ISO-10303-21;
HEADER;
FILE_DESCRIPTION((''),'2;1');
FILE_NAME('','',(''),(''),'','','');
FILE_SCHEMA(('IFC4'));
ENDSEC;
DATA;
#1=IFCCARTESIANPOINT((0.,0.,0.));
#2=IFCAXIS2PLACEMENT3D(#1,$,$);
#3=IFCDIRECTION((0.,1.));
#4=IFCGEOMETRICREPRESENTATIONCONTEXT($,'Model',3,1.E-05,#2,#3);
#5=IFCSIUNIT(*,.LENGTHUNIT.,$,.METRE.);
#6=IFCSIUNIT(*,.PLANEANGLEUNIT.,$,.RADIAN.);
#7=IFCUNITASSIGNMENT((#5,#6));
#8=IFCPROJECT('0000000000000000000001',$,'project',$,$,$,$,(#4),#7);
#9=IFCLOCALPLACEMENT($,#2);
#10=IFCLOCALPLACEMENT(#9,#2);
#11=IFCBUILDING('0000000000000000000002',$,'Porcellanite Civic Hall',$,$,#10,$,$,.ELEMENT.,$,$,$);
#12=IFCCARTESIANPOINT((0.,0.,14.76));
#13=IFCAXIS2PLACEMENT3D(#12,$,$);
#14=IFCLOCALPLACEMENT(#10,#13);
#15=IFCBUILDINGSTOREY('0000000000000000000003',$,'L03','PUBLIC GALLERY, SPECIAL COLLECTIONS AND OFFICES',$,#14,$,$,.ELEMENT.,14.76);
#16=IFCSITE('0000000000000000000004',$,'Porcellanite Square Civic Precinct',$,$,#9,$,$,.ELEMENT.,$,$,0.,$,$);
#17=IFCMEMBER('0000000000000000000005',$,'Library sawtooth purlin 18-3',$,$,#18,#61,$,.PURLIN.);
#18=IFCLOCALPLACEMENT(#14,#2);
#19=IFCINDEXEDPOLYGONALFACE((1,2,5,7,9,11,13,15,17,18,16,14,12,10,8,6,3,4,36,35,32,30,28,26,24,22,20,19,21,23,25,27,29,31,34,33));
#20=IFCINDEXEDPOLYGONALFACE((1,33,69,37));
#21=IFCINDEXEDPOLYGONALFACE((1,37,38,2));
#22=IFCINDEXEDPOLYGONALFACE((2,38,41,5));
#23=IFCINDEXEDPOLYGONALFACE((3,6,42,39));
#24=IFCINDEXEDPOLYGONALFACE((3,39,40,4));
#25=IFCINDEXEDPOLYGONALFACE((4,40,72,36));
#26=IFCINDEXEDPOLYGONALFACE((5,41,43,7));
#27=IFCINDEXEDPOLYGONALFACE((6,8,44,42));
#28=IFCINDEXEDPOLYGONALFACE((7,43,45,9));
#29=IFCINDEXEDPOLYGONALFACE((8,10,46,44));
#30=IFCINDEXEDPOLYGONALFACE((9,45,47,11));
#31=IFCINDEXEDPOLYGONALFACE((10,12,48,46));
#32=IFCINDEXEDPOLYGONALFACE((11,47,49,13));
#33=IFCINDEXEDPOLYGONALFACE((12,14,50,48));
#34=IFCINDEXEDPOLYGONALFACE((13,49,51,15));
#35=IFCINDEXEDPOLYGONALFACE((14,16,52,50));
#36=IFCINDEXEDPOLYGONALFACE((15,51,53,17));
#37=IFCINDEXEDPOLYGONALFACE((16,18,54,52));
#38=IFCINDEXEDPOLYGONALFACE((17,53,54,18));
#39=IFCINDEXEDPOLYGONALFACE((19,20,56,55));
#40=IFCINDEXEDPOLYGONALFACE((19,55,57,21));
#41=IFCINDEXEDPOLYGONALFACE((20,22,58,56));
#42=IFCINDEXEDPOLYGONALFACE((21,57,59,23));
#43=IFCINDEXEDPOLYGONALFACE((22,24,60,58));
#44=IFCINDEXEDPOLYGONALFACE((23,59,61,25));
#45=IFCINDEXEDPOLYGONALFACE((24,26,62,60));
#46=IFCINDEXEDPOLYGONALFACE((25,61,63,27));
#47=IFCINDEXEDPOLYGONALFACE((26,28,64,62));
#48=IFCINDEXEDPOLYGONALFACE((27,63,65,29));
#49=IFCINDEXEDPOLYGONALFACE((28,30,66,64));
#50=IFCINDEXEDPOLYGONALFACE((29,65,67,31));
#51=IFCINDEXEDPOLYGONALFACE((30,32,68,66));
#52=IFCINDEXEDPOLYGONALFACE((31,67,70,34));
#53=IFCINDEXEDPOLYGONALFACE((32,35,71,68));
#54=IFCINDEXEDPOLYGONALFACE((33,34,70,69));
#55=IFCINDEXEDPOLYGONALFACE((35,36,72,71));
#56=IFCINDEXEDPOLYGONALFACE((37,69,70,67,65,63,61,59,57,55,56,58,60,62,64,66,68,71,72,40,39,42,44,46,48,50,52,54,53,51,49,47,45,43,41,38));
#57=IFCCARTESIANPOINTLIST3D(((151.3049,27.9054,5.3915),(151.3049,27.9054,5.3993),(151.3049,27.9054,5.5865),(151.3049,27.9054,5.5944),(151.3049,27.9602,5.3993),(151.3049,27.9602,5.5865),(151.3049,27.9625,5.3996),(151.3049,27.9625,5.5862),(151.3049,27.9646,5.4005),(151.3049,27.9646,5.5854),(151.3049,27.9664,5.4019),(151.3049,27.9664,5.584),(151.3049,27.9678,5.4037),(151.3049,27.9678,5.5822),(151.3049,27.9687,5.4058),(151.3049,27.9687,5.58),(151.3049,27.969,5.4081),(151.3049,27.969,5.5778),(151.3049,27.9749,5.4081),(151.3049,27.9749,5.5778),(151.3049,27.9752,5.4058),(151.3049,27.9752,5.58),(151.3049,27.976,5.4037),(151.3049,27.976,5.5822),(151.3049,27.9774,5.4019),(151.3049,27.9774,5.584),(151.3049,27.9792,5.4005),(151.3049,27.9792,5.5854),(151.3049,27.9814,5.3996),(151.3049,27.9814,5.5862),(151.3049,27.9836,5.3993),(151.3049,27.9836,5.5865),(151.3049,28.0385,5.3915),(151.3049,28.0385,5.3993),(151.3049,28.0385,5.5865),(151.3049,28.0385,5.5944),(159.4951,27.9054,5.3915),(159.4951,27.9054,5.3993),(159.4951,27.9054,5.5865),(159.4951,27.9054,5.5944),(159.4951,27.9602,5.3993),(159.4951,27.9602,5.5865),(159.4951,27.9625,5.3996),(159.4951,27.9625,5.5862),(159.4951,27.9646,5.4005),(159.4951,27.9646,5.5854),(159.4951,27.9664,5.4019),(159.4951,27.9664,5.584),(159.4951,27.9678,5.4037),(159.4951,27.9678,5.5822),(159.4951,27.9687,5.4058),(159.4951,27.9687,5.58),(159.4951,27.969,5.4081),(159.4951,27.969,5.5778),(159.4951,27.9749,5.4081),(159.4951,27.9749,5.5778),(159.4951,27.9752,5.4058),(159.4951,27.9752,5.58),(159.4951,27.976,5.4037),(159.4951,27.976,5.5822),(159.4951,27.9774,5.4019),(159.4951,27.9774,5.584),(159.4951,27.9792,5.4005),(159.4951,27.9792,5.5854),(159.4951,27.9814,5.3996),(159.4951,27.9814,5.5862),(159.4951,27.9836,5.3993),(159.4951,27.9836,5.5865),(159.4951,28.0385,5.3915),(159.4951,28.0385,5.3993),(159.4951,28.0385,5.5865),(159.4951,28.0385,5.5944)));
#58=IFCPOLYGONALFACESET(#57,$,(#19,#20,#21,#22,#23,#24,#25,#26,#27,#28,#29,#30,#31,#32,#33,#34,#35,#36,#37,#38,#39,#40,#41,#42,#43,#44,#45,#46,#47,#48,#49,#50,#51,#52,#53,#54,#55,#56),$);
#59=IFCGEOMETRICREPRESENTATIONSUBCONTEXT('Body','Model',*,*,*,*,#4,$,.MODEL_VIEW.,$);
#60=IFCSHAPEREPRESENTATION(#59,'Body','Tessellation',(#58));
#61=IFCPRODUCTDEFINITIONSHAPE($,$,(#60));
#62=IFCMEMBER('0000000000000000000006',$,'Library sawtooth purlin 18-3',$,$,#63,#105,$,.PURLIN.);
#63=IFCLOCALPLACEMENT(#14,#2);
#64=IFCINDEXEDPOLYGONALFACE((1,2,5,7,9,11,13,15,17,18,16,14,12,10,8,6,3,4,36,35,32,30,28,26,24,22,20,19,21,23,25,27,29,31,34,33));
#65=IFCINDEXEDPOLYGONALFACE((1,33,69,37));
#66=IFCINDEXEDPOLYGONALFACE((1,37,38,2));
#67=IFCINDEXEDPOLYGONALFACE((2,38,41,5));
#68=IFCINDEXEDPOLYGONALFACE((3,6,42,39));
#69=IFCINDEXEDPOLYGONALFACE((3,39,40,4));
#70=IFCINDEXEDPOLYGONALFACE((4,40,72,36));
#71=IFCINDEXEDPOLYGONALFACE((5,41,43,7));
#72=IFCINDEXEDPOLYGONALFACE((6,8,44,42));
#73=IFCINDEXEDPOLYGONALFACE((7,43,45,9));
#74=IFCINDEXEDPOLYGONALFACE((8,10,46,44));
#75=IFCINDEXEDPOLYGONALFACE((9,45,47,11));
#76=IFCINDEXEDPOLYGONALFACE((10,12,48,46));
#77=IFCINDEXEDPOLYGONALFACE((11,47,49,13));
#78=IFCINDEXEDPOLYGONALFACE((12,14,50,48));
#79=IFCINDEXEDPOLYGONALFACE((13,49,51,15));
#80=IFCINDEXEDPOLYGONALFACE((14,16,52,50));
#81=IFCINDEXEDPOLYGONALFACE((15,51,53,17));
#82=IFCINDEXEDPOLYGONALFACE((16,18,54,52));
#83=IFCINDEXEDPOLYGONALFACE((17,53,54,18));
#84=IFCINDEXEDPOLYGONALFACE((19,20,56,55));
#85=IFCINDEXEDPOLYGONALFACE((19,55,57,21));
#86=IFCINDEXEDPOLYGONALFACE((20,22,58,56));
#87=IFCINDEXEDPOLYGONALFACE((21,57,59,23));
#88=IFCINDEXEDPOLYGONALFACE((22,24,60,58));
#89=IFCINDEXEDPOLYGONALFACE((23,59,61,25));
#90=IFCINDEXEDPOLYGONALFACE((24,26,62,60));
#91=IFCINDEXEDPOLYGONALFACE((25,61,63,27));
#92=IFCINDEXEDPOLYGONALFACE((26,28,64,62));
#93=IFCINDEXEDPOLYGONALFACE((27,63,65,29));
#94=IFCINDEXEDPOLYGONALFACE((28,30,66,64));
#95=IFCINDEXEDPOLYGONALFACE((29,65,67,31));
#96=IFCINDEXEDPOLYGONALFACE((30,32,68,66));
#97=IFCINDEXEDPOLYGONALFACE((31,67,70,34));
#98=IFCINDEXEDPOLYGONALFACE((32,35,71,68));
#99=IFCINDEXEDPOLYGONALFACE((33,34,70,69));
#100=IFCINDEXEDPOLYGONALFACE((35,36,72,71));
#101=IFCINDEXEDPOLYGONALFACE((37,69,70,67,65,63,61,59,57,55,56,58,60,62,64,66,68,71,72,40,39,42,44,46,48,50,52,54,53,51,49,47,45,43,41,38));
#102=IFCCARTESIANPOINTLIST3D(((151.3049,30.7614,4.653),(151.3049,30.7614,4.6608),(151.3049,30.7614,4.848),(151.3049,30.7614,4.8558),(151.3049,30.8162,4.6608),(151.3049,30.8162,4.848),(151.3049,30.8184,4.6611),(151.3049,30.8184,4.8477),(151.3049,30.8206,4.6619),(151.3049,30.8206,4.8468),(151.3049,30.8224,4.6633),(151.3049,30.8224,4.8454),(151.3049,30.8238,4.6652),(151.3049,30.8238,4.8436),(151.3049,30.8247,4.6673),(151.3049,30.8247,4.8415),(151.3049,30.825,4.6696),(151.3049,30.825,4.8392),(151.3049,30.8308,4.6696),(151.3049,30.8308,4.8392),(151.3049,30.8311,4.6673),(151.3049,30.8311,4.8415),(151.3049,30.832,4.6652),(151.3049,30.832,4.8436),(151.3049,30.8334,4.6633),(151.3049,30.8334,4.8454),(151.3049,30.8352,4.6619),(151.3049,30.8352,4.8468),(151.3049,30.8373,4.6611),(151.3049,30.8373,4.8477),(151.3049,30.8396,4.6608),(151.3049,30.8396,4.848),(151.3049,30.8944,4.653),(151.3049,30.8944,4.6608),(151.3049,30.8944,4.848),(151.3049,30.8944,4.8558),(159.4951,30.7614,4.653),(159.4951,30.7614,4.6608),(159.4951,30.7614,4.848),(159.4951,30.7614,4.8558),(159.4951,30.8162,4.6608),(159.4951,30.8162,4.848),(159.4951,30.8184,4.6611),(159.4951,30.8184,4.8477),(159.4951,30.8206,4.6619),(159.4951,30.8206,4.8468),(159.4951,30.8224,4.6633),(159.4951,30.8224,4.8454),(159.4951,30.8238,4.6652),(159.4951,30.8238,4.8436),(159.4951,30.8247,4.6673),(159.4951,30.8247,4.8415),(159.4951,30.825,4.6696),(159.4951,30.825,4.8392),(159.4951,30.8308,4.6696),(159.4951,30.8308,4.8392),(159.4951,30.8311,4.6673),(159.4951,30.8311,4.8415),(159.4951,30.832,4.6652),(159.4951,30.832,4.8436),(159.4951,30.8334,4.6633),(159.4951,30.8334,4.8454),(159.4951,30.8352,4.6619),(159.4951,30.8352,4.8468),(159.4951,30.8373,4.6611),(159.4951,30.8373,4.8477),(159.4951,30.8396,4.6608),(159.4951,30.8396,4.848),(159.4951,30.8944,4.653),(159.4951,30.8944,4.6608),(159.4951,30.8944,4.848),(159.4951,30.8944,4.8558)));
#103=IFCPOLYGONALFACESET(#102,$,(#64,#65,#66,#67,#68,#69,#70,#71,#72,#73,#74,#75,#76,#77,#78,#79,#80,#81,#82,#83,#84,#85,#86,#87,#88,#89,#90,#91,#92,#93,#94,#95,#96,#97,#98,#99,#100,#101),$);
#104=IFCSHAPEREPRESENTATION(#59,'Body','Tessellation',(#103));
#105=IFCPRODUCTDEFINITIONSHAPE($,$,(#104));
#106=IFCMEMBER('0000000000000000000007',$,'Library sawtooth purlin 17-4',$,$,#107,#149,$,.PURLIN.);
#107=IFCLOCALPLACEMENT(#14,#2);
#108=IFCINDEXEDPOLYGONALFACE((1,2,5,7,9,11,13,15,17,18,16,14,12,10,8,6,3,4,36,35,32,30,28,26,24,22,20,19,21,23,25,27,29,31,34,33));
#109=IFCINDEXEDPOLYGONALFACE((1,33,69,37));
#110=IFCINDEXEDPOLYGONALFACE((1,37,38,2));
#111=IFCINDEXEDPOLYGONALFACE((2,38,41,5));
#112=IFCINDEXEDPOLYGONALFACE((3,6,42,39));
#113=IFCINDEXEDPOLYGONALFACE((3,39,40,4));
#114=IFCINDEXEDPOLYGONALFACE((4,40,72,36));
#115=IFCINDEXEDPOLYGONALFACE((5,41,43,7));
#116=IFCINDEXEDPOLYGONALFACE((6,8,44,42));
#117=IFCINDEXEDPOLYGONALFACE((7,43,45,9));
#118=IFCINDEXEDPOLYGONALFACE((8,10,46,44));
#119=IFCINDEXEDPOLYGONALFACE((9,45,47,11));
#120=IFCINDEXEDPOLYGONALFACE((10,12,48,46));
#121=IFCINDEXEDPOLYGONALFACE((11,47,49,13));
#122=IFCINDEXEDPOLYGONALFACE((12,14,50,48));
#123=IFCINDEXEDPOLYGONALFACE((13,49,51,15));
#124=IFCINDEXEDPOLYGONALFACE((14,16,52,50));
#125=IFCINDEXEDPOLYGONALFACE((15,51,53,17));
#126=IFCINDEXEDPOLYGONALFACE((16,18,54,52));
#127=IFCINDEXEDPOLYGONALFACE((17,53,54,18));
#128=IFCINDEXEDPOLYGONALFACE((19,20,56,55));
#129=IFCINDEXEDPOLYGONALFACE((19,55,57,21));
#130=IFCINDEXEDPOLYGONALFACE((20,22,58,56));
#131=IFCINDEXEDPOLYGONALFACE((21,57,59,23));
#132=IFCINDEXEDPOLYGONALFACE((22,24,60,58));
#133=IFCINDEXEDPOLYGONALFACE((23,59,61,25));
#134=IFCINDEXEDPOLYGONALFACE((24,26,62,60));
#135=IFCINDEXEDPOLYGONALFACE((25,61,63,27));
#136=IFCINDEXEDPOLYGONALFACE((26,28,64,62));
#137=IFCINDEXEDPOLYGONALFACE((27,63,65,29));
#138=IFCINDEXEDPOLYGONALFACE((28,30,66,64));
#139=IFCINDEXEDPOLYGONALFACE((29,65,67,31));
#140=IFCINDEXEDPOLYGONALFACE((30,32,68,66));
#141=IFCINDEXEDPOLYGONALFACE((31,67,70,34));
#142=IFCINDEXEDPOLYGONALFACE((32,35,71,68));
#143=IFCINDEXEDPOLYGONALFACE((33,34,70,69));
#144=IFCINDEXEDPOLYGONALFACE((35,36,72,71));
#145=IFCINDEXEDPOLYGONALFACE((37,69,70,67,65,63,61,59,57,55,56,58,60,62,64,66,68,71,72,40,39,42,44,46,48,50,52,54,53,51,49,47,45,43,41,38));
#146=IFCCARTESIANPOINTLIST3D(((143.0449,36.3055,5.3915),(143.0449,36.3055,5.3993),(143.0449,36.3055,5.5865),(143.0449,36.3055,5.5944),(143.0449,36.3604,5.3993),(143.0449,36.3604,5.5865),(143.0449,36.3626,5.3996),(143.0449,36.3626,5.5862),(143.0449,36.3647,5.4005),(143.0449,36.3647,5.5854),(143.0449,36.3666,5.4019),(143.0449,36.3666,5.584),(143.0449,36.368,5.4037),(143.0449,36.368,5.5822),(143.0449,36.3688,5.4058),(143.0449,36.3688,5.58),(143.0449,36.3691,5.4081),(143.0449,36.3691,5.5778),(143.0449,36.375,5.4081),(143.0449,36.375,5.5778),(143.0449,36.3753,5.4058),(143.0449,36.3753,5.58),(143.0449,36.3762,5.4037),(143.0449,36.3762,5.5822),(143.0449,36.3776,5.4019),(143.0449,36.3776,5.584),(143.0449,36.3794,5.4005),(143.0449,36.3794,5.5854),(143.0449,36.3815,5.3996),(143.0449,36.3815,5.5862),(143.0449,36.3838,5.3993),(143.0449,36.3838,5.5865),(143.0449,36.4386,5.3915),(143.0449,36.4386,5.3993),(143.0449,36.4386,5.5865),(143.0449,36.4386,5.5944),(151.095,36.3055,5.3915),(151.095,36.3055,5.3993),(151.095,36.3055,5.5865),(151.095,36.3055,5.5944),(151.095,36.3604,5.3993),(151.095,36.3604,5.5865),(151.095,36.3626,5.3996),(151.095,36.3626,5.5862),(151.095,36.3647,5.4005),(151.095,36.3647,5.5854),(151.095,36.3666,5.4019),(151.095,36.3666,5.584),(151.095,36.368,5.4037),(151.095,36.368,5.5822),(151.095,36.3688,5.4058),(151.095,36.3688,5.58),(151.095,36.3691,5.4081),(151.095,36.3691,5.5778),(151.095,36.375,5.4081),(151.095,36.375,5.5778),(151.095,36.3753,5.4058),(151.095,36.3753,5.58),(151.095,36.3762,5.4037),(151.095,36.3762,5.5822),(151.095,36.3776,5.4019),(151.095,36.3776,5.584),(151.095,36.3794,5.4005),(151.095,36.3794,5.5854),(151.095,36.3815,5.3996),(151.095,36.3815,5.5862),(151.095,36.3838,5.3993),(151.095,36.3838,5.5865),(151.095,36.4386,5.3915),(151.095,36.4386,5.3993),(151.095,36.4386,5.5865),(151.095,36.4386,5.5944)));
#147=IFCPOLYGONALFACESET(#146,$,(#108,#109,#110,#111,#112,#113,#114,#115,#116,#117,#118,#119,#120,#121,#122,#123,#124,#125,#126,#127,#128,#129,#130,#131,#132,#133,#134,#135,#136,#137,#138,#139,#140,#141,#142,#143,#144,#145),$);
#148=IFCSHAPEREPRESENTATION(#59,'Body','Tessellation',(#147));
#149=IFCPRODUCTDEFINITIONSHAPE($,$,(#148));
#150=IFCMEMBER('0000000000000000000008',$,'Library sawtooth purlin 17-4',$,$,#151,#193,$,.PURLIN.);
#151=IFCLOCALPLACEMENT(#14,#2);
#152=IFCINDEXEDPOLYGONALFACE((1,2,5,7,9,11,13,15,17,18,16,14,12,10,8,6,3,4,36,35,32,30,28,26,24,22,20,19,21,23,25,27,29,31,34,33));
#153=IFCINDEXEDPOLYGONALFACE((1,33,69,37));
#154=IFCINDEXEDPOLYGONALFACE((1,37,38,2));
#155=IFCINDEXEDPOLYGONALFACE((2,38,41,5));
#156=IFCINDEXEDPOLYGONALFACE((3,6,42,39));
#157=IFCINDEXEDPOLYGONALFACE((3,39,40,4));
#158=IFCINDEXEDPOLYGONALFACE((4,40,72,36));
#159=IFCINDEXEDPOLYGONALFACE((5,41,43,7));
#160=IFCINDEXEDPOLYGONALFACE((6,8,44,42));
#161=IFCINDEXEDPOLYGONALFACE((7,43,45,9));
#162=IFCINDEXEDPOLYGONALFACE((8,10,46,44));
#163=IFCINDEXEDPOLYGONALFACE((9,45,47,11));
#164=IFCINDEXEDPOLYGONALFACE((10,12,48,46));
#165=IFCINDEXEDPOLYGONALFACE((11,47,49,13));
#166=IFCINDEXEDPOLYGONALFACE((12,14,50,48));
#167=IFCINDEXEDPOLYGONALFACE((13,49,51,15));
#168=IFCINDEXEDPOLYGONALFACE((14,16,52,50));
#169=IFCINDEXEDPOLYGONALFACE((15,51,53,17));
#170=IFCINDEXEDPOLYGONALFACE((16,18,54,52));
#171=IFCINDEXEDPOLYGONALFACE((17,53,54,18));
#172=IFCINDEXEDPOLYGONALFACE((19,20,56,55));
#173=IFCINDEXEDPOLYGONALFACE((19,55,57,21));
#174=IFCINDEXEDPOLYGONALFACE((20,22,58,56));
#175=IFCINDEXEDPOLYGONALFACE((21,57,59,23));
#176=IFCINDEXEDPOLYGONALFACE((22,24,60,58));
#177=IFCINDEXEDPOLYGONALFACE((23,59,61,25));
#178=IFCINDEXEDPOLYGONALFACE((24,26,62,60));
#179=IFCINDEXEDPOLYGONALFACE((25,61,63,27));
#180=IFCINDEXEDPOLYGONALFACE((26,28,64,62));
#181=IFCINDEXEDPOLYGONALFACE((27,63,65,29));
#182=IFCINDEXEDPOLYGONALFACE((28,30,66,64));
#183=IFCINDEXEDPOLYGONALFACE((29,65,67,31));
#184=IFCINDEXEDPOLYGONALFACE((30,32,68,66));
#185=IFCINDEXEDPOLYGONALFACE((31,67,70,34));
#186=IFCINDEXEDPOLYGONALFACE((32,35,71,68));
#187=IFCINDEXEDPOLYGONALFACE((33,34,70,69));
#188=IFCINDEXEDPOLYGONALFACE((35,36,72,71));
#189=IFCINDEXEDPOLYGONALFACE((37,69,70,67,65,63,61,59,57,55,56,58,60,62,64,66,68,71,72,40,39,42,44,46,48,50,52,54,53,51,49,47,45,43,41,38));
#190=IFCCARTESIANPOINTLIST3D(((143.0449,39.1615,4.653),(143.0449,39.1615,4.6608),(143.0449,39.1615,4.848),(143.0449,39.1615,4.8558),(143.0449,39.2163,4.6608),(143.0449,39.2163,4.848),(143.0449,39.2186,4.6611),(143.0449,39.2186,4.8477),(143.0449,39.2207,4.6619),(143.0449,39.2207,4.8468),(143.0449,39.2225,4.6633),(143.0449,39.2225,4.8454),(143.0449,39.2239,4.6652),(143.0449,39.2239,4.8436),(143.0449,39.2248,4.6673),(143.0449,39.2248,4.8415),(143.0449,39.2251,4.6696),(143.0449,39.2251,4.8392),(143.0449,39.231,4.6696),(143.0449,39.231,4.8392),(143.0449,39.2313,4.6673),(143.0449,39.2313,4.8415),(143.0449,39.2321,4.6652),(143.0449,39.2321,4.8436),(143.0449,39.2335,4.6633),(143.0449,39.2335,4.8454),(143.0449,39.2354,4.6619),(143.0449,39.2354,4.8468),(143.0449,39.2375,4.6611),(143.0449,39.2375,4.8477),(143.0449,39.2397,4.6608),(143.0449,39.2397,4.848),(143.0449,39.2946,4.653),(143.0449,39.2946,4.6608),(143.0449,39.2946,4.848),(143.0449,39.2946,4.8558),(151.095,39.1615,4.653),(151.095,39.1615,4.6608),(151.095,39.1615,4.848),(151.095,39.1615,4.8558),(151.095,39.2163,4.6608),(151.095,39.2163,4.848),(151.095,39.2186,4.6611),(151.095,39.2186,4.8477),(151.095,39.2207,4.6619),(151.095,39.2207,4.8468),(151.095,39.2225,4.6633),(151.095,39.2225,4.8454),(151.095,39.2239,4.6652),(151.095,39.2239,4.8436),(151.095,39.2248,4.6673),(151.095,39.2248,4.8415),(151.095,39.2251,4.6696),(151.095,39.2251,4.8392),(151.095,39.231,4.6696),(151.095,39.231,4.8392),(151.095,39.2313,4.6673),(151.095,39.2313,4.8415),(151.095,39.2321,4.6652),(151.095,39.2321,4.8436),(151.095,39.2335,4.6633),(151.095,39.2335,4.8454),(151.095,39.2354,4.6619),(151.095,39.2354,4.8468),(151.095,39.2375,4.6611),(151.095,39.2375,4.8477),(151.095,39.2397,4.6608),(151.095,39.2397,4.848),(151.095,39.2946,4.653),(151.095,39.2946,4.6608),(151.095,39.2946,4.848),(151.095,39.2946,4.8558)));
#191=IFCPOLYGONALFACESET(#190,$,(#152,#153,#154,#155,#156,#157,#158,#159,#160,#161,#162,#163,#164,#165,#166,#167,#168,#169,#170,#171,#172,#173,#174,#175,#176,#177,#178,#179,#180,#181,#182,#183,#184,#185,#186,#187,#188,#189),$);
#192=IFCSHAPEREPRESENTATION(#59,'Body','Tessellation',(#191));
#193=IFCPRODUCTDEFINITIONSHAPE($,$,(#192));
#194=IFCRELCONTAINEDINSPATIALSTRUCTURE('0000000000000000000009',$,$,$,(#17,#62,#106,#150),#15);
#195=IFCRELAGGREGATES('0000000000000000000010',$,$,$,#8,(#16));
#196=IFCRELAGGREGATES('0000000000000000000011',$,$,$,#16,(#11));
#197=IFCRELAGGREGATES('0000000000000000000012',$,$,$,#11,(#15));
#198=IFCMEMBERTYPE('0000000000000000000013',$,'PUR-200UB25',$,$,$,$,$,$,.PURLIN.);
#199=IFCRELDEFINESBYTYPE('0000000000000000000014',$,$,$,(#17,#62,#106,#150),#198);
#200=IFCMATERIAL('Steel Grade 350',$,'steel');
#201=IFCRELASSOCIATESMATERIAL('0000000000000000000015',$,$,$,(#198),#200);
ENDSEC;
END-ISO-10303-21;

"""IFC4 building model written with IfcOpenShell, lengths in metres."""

from ifc_helpers import new_model, si_unit, direction, frame, origin, origin_2d, place, context, subcontext, project, spatial, i_section, extrude, material, material_profile, profile_set, type_object, element, save


model = new_model("IFC4")

# Units and contexts
model_context = context("Model", 3, precision=1e-05, world=origin(), true_north=direction((0.0, 1.0)))
body_context = subcontext(model_context, "Body", "Model", "MODEL_VIEW")
ifc_project = project(units=[si_unit("LENGTHUNIT", "METRE"), si_unit("PLANEANGLEUNIT", "RADIAN")], contexts=[model_context])

# Site, building, storey
site_placement = place(None, origin())
site = spatial("IfcSite", under=ifc_project, at=site_placement, Name="Porcellanite Square Civic Precinct", CompositionType="ELEMENT", RefElevation=0.0)
building_placement = place(site_placement, origin())
building = spatial("IfcBuilding", under=site, at=building_placement, Name="Porcellanite Civic Hall", CompositionType="ELEMENT")
storey_placement = place(building_placement, frame((0.0, 0.0, 14.76)))
storey = spatial("IfcBuildingStorey", under=building, at=storey_placement, Name="L03", Description="PUBLIC GALLERY, SPECIAL COLLECTIONS AND OFFICES", CompositionType="ELEMENT", Elevation=14.76)

# Members
ifc_material_1 = material(Name="Steel Grade 350", Category="steel")
ifc_material_profile_1 = material_profile(ifc_material_1, i_section(OverallWidth=0.1331, OverallDepth=0.2029, WebThickness=0.0059, FlangeThickness=0.0078, FilletRadius=0.0088, at=origin_2d()), Name="200UB25.4")
ifc_profile_set_1 = profile_set([ifc_material_profile_1], Name="Steel Grade 350")
member_type_1 = type_object("IfcMemberType", Name="PUR-200UB25", PredefinedType="PURLIN", material=ifc_profile_set_1)
for number, where, z_axis, x_axis, name in (
    (1, (151.3049, 27.9719, 5.4929), (1.0, 0.0, 0.0), (0.0, 1.0, 0.0), "Library sawtooth purlin 18-3"),
    (2, (151.3049, 30.8279, 4.7544), (1.0, 0.0, 0.0), (0.0, 1.0, 0.0), "Library sawtooth purlin 18-3"),
):
    element("IfcMember", number, at=place(storey_placement, frame(where, z_axis=z_axis, x_axis=x_axis)), inside=storey, type_object=member_type_1, Name=name, PredefinedType="PURLIN", context=body_context, shape_type="SweptSolid", body=[
        extrude(i_section(OverallWidth=0.1331, OverallDepth=0.2029, WebThickness=0.0059, FlangeThickness=0.0078, FilletRadius=0.0088, at=origin_2d()), origin(), (0.0, 0.0, 1.0), 8.1902),
    ])
for number, where, z_axis, x_axis, name in (
    (3, (143.0449, 36.3721, 5.4929), (1.0, 0.0, 0.0), (0.0, 1.0, 0.0), "Library sawtooth purlin 17-4"),
    (4, (143.0449, 39.228, 4.7544), (1.0, 0.0, 0.0), (0.0, 1.0, 0.0), "Library sawtooth purlin 17-4"),
):
    element("IfcMember", number, at=place(storey_placement, frame(where, z_axis=z_axis, x_axis=x_axis)), inside=storey, type_object=member_type_1, Name=name, PredefinedType="PURLIN", context=body_context, shape_type="SweptSolid", body=[
        extrude(i_section(OverallWidth=0.1331, OverallDepth=0.2029, WebThickness=0.0059, FlangeThickness=0.0078, FilletRadius=0.0088, at=origin_2d()), origin(), (0.0, 0.0, 1.0), 8.05),
    ])

save(model, "model.ifc")
